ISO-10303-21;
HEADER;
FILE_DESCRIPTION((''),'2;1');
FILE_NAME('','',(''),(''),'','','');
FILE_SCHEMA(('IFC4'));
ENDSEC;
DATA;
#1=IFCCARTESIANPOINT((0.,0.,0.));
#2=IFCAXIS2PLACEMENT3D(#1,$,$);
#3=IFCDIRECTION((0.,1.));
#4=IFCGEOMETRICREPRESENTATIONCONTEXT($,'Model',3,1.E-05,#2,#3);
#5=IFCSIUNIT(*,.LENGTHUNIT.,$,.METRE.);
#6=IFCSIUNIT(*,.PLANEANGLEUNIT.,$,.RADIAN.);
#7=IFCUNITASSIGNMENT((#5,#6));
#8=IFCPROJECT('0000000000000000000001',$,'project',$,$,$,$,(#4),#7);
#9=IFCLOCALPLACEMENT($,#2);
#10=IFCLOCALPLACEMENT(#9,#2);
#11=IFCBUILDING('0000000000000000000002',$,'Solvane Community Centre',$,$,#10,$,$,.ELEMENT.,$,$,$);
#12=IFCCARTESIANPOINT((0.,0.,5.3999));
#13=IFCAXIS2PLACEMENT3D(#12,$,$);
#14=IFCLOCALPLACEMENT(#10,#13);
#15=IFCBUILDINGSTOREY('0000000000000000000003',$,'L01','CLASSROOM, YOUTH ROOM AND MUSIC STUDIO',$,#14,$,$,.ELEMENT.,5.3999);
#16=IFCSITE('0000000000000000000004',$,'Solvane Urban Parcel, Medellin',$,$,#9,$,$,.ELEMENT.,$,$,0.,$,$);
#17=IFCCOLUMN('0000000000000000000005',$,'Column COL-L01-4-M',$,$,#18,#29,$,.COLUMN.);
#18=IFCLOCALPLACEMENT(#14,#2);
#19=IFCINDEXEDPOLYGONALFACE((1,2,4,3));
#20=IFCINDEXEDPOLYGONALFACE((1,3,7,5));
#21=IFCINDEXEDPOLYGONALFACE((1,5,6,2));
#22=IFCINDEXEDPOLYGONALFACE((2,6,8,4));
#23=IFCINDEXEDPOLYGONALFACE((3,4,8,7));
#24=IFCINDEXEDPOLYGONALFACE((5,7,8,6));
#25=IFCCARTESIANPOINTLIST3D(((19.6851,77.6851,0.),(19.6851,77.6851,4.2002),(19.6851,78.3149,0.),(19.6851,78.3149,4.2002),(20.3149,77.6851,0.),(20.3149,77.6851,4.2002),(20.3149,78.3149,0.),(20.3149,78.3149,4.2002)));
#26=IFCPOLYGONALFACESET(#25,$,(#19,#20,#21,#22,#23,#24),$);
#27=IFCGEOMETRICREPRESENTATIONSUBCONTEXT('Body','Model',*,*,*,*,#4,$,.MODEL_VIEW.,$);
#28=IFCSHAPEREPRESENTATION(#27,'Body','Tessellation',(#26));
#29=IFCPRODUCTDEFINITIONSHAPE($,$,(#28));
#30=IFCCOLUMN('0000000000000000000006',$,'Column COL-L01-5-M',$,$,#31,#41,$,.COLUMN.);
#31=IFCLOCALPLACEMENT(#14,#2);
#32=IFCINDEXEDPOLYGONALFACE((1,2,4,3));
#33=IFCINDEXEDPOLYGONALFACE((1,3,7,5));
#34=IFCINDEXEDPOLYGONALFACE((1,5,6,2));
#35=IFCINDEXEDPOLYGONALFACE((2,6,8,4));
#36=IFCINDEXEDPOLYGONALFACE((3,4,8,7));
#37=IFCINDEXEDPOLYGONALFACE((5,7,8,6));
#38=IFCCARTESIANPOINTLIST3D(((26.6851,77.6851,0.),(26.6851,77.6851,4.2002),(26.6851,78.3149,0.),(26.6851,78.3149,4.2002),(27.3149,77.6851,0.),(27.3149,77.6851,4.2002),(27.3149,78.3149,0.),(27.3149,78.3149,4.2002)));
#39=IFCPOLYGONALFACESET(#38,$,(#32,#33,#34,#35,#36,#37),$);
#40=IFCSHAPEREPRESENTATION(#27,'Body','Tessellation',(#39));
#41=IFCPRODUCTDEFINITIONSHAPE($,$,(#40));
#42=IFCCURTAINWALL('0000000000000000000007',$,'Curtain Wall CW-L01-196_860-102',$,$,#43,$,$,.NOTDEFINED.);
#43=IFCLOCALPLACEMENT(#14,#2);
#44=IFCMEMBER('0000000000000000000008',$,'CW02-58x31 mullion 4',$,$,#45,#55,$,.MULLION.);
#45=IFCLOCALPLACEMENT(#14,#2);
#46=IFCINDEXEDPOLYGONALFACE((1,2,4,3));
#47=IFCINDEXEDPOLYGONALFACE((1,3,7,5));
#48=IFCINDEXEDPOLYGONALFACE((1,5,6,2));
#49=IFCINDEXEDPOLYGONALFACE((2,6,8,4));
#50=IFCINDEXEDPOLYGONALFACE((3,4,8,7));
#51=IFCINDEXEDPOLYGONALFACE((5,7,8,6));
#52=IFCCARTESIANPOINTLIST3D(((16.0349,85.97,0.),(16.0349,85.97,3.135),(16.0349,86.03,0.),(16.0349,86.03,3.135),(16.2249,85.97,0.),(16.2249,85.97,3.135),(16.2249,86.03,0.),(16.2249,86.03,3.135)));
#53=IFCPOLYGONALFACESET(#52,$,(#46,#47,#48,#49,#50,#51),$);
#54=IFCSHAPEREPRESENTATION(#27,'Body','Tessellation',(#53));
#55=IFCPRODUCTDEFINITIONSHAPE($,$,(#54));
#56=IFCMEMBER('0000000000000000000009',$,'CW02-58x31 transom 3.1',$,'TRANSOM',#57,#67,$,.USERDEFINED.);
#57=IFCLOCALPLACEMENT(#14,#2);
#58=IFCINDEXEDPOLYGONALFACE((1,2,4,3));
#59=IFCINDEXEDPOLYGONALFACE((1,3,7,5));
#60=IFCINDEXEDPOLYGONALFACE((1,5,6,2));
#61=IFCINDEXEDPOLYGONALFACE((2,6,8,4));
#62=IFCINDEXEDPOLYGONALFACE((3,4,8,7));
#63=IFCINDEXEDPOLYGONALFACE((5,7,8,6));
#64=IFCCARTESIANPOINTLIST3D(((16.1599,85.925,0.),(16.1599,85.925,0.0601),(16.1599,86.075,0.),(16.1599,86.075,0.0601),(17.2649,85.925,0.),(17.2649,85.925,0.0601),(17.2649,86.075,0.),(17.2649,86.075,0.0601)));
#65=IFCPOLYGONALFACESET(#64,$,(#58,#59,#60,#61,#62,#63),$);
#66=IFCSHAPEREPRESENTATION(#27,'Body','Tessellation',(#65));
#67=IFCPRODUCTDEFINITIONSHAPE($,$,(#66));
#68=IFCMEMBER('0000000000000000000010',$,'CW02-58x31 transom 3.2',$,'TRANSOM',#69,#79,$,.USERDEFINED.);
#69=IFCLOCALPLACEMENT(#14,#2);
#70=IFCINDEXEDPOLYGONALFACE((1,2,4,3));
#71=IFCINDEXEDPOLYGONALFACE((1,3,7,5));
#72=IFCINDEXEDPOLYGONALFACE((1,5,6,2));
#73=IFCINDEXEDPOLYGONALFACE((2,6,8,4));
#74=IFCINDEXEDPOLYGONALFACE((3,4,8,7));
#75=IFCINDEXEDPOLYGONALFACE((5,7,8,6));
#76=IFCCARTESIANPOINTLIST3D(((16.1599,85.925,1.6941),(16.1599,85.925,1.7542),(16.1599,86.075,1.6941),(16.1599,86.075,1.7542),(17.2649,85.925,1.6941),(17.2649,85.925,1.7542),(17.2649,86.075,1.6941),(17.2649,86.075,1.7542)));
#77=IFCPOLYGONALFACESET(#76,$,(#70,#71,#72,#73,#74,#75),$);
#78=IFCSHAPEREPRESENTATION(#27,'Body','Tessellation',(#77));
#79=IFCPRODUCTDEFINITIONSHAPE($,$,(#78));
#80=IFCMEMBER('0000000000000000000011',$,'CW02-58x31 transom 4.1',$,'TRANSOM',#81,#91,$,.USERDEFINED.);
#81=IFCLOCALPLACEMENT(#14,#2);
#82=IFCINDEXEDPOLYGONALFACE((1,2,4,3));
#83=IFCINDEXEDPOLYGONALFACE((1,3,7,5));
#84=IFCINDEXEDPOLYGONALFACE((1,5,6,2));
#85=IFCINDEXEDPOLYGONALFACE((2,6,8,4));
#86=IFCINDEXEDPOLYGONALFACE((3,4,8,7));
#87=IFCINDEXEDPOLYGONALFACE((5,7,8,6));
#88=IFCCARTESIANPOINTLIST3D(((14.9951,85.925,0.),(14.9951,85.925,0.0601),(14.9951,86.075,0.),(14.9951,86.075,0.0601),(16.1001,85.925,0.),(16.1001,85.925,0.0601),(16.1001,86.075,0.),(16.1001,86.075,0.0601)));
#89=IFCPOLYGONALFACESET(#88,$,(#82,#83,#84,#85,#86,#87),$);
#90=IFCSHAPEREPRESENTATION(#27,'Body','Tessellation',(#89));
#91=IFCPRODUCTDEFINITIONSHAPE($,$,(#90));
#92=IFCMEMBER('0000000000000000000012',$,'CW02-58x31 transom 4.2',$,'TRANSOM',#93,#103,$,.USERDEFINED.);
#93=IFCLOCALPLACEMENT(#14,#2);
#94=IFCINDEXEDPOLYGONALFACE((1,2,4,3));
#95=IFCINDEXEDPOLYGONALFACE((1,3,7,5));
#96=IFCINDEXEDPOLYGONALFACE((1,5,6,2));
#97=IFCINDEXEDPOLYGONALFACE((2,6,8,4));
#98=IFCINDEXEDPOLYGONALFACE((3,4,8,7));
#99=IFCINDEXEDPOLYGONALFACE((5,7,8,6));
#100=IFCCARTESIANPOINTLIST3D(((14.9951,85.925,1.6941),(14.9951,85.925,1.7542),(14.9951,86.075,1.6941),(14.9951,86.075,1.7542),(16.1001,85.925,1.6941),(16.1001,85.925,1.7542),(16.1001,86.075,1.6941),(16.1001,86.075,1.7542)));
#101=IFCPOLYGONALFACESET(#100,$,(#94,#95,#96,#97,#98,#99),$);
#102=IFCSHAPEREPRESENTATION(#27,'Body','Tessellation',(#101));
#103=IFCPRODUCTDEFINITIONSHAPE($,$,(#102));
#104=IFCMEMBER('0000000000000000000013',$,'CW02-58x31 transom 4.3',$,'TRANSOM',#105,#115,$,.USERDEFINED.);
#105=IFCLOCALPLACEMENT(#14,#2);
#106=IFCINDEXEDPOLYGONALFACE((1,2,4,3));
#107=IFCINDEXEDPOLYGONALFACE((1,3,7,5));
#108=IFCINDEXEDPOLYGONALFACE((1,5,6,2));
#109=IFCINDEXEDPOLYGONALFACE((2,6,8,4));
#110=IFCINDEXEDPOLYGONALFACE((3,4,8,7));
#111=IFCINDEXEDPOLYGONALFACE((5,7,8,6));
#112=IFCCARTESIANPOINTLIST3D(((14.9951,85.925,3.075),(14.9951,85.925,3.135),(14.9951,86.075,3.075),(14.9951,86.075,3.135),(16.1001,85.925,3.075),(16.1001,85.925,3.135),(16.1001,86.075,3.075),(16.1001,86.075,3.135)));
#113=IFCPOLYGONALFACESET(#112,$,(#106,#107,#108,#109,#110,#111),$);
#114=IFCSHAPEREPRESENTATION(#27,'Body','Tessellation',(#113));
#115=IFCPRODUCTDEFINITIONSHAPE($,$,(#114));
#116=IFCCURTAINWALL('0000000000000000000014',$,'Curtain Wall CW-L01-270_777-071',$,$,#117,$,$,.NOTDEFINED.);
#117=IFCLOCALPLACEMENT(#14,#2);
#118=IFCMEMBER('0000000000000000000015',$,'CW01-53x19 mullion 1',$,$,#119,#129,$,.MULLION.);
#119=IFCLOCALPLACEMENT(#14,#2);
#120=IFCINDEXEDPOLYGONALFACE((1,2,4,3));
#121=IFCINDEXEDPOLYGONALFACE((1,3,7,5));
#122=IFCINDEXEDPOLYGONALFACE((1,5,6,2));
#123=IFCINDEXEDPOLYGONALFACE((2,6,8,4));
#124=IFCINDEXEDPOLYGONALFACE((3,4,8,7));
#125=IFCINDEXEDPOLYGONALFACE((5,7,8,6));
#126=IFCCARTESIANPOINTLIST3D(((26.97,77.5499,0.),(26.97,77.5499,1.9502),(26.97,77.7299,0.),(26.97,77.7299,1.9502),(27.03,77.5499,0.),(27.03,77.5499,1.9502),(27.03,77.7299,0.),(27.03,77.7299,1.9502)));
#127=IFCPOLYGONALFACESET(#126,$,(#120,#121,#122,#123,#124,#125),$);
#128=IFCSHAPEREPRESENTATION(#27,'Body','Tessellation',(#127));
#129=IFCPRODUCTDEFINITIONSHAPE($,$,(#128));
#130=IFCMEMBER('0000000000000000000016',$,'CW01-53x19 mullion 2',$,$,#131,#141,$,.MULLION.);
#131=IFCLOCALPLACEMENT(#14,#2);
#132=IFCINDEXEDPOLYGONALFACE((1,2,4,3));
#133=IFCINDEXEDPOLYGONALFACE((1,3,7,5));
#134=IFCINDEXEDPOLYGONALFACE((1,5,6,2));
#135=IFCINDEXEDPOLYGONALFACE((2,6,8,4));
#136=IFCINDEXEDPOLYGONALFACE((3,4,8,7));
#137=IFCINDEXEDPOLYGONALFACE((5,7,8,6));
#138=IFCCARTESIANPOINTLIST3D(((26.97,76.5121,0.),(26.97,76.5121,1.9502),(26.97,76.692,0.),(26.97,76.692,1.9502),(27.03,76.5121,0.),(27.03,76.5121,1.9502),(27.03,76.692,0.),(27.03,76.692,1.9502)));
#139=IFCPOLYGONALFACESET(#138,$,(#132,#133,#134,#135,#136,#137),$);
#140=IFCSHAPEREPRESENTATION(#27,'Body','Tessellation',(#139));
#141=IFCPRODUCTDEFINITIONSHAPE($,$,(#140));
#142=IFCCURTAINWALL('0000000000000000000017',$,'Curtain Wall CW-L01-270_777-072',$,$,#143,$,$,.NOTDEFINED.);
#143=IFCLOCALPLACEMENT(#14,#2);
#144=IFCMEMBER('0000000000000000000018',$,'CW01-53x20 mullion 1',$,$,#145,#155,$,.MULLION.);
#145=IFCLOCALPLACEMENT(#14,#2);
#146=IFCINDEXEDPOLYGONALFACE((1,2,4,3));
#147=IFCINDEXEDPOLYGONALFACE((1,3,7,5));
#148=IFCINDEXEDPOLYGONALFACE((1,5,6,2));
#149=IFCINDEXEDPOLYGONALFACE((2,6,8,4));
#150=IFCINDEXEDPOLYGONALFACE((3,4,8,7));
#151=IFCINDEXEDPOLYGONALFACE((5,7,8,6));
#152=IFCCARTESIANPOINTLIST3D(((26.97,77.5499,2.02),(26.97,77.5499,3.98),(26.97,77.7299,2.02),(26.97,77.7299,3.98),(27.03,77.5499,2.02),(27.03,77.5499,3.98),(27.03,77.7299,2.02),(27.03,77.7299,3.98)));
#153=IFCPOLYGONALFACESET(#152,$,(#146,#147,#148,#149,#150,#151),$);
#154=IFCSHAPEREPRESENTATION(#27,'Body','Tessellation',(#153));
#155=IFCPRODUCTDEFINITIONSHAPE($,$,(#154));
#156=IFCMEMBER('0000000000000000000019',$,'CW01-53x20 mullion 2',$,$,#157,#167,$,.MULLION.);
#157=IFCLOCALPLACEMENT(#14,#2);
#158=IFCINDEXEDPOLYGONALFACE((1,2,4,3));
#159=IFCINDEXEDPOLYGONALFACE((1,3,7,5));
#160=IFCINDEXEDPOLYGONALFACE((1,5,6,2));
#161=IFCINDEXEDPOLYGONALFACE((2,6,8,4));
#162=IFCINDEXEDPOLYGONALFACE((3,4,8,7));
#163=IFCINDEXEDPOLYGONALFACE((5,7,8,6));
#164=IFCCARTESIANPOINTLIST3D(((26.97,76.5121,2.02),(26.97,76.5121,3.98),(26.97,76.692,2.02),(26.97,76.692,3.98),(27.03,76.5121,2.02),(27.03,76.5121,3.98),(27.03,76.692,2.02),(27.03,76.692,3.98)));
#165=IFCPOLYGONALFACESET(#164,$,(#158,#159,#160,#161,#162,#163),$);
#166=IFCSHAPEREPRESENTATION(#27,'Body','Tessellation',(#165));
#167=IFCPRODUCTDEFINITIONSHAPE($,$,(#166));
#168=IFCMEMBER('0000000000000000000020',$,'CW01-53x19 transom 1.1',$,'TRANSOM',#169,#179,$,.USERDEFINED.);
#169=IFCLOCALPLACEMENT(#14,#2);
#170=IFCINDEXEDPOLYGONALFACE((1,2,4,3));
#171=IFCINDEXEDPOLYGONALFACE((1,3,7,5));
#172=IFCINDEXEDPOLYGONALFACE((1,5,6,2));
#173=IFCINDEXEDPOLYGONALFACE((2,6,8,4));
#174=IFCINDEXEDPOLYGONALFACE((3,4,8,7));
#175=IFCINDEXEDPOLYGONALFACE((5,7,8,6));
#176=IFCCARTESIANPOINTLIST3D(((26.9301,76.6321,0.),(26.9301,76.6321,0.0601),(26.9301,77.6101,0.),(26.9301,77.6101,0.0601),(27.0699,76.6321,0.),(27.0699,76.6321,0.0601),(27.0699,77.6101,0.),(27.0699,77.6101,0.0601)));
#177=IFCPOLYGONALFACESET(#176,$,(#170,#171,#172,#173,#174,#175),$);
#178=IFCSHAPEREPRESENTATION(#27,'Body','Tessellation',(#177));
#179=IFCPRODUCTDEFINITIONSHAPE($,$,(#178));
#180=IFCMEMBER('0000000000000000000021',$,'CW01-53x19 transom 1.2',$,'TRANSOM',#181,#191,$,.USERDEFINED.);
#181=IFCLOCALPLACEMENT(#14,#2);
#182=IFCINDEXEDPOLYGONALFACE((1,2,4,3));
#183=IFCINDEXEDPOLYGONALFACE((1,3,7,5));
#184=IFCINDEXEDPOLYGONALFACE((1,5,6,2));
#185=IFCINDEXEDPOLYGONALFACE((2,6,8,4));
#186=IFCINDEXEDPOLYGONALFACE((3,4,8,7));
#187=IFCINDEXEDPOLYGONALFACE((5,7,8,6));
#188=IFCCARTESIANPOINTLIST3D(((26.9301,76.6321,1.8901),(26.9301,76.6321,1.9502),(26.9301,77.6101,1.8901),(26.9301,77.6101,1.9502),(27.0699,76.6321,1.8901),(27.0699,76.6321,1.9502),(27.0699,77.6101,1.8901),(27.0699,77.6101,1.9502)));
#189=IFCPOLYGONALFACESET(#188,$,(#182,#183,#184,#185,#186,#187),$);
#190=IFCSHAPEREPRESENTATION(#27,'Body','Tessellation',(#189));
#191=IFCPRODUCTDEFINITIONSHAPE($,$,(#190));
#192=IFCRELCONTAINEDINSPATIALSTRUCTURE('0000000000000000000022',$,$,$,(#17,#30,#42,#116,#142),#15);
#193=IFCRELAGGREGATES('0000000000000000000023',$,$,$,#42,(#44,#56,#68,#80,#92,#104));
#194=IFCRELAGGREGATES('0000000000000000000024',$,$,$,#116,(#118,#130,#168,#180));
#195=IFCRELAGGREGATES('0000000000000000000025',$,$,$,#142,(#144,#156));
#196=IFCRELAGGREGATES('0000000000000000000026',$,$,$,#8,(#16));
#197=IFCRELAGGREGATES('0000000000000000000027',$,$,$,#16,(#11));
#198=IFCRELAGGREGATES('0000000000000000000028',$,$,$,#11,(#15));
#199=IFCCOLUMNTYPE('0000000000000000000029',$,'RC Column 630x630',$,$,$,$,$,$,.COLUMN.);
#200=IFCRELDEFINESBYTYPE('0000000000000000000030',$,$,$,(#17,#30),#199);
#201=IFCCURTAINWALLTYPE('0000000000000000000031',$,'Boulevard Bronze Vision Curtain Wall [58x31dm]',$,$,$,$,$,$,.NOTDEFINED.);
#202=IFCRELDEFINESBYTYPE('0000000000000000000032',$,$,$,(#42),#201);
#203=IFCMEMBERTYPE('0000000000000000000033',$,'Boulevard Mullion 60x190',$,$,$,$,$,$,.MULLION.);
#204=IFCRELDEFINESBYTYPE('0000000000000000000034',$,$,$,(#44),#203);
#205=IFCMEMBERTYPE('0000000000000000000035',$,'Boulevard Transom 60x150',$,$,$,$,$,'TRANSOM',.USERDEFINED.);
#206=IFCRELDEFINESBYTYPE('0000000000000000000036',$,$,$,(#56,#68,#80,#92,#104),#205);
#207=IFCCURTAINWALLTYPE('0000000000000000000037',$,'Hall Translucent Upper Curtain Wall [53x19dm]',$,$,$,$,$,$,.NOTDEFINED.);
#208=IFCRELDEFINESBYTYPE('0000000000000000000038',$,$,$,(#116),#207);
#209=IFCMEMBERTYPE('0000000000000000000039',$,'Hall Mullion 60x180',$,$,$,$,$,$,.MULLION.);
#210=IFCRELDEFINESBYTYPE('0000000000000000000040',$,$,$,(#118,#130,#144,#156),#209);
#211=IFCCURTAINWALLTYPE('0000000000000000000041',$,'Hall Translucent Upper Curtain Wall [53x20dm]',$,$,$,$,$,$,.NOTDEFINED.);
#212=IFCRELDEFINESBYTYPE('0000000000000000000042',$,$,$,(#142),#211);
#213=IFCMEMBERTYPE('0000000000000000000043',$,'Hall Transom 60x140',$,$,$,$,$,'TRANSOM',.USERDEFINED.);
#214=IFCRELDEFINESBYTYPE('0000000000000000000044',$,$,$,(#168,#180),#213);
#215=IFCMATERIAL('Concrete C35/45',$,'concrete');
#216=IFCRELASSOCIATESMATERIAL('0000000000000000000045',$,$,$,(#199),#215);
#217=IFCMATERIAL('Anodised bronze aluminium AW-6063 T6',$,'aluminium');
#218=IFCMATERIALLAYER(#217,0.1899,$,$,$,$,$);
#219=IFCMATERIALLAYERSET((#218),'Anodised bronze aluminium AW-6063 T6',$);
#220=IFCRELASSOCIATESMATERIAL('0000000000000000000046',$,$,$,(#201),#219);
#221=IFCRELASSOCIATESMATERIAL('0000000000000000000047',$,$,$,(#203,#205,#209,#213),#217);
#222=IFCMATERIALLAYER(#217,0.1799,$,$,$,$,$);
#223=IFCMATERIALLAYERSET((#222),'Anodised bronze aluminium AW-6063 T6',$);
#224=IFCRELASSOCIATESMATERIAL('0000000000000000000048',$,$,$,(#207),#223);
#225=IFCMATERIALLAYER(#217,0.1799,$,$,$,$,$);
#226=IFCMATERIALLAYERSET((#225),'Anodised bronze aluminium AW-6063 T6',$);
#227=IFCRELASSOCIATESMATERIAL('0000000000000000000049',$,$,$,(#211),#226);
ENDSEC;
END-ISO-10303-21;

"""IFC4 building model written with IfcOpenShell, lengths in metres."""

from ifc_helpers import new_model, si_unit, direction, frame, origin, origin_2d, place, context, subcontext, project, spatial, rectangle, extrude, material, layer, layer_set, material_profile, profile_set, type_object, element, aggregate, save


model = new_model("IFC4")

# Units and contexts
model_context = context("Model", 3, precision=1e-05, world=origin(), true_north=direction((0.0, 1.0)))
body_context = subcontext(model_context, "Body", "Model", "MODEL_VIEW")
ifc_project = project(units=[si_unit("LENGTHUNIT", "METRE"), si_unit("PLANEANGLEUNIT", "RADIAN")], contexts=[model_context])

# Site, building, storey
site_placement = place(None, origin())
site = spatial("IfcSite", under=ifc_project, at=site_placement, Name="Solvane Urban Parcel, Medellin", CompositionType="ELEMENT", RefElevation=0.0)
building_placement = place(site_placement, origin())
building = spatial("IfcBuilding", under=site, at=building_placement, Name="Solvane Community Centre", CompositionType="ELEMENT")
storey_placement = place(building_placement, frame((0.0, 0.0, 5.3999)))
storey = spatial("IfcBuildingStorey", under=building, at=storey_placement, Name="L01", Description="CLASSROOM, YOUTH ROOM AND MUSIC STUDIO", CompositionType="ELEMENT", Elevation=5.3999)

# Columns
ifc_material_1 = material(Name="Concrete C35/45", Category="concrete")
ifc_material_profile_1 = material_profile(ifc_material_1, rectangle(XDim=0.6299, YDim=0.6299, at=origin_2d()), Name="RC 630x630")
ifc_profile_set_1 = profile_set([ifc_material_profile_1], Name="Concrete C35/45")
column_type = type_object("IfcColumnType", Name="RC Column 630x630", PredefinedType="COLUMN", material=ifc_profile_set_1)
for number, where, z_axis, x_axis, name in (
    (1, (20.0, 78.0, 0.0), (0.0, 0.0, 1.0), (1.0, 0.0, 0.0), "Column COL-L01-4-M"),
    (2, (27.0, 78.0, 0.0), (0.0, 0.0, 1.0), (1.0, 0.0, 0.0), "Column COL-L01-5-M"),
):
    element("IfcColumn", number, at=place(storey_placement, frame(where, z_axis=z_axis, x_axis=x_axis)), inside=storey, type_object=column_type, Name=name, PredefinedType="COLUMN", context=body_context, shape_type="SweptSolid", body=[
        extrude(rectangle(XDim=0.6299, YDim=0.6299, at=origin_2d()), origin(), (0.0, 0.0, 1.0), 4.2002),
    ])

# Curtain walls, members
ifc_material_2 = material(Name="Anodised bronze aluminium AW-6063 T6", Category="aluminium")
ifc_layer_1 = layer(ifc_material_2, 0.1899)
ifc_layer_set_1 = layer_set([ifc_layer_1], Name="Anodised bronze aluminium AW-6063 T6")
curtain_wall_type_1 = type_object("IfcCurtainWallType", Name="Boulevard Bronze Vision Curtain Wall [58x31dm]", PredefinedType="NOTDEFINED", material=ifc_layer_set_1)
curtain_wall_1_placement = place(storey_placement, origin())
curtain_wall_1 = element("IfcCurtainWall", 3, at=curtain_wall_1_placement, inside=storey, type_object=curtain_wall_type_1, Name="Curtain Wall CW-L01-196_860-102", PredefinedType="NOTDEFINED")
ifc_material_profile_2 = material_profile(ifc_material_2, rectangle(XDim=0.0601, YDim=0.1899, at=origin_2d()), Name="CW-M 60x190")
ifc_profile_set_2 = profile_set([ifc_material_profile_2], Name="Anodised bronze aluminium AW-6063 T6")
member_type_1 = type_object("IfcMemberType", Name="Boulevard Mullion 60x190", PredefinedType="MULLION", material=ifc_profile_set_2)
member_1_placement = place(storey_placement, frame((16.1299, 86.0, 0.0), z_axis=(0.0, 0.0, 1.0), x_axis=(0.0, -1.0, 0.0)))
member_1 = element("IfcMember", 4, at=member_1_placement, type_object=member_type_1, Name="CW02-58x31 mullion 4", PredefinedType="MULLION", context=body_context, shape_type="SweptSolid", body=[
    extrude(rectangle(XDim=0.0601, YDim=0.1899, at=origin_2d()), origin(), (0.0, 0.0, 1.0), 3.135),
])
ifc_material_profile_3 = material_profile(ifc_material_2, rectangle(XDim=0.1499, YDim=0.0601, at=origin_2d()), Name="CW-T 60x150")
ifc_profile_set_3 = profile_set([ifc_material_profile_3], Name="Anodised bronze aluminium AW-6063 T6")
member_type_2 = type_object("IfcMemberType", Name="Boulevard Transom 60x150", ElementType="TRANSOM", PredefinedType="USERDEFINED", material=ifc_profile_set_3)
member_2_placement = place(storey_placement, frame((17.2649, 86.0, 0.03), z_axis=(-1.0, 0.0, 0.0), x_axis=(0.0, -1.0, 0.0)))
member_2 = element("IfcMember", 5, at=member_2_placement, type_object=member_type_2, Name="CW02-58x31 transom 3.1", ObjectType="TRANSOM", PredefinedType="USERDEFINED", context=body_context, shape_type="SweptSolid", body=[
    extrude(rectangle(XDim=0.1499, YDim=0.0601, at=origin_2d()), origin(), (0.0, 0.0, 1.0), 1.105),
])
member_3_placement = place(storey_placement, frame((17.2649, 86.0, 1.7241), z_axis=(-1.0, 0.0, 0.0), x_axis=(0.0, -1.0, 0.0)))
member_3 = element("IfcMember", 6, at=member_3_placement, type_object=member_type_2, Name="CW02-58x31 transom 3.2", ObjectType="TRANSOM", PredefinedType="USERDEFINED", context=body_context, shape_type="SweptSolid", body=[
    extrude(rectangle(XDim=0.1499, YDim=0.0601, at=origin_2d()), origin(), (0.0, 0.0, 1.0), 1.105),
])
member_4_placement = place(storey_placement, frame((16.1001, 86.0, 0.03), z_axis=(-1.0, 0.0, 0.0), x_axis=(0.0, -1.0, 0.0)))
member_4 = element("IfcMember", 7, at=member_4_placement, type_object=member_type_2, Name="CW02-58x31 transom 4.1", ObjectType="TRANSOM", PredefinedType="USERDEFINED", context=body_context, shape_type="SweptSolid", body=[
    extrude(rectangle(XDim=0.1499, YDim=0.0601, at=origin_2d()), origin(), (0.0, 0.0, 1.0), 1.105),
])
member_5_placement = place(storey_placement, frame((16.1001, 86.0, 1.7241), z_axis=(-1.0, 0.0, 0.0), x_axis=(0.0, -1.0, 0.0)))
member_5 = element("IfcMember", 8, at=member_5_placement, type_object=member_type_2, Name="CW02-58x31 transom 4.2", ObjectType="TRANSOM", PredefinedType="USERDEFINED", context=body_context, shape_type="SweptSolid", body=[
    extrude(rectangle(XDim=0.1499, YDim=0.0601, at=origin_2d()), origin(), (0.0, 0.0, 1.0), 1.105),
])
member_6_placement = place(storey_placement, frame((16.1001, 86.0, 3.105), z_axis=(-1.0, 0.0, 0.0), x_axis=(0.0, -1.0, 0.0)))
member_6 = element("IfcMember", 9, at=member_6_placement, type_object=member_type_2, Name="CW02-58x31 transom 4.3", ObjectType="TRANSOM", PredefinedType="USERDEFINED", context=body_context, shape_type="SweptSolid", body=[
    extrude(rectangle(XDim=0.1499, YDim=0.0601, at=origin_2d()), origin(), (0.0, 0.0, 1.0), 1.105),
])
ifc_layer_2 = layer(ifc_material_2, 0.1799)
ifc_layer_set_2 = layer_set([ifc_layer_2], Name="Anodised bronze aluminium AW-6063 T6")
curtain_wall_type_2 = type_object("IfcCurtainWallType", Name="Hall Translucent Upper Curtain Wall [53x19dm]", PredefinedType="NOTDEFINED", material=ifc_layer_set_2)
curtain_wall_2_placement = place(storey_placement, origin())
curtain_wall_2 = element("IfcCurtainWall", 10, at=curtain_wall_2_placement, inside=storey, type_object=curtain_wall_type_2, Name="Curtain Wall CW-L01-270_777-071", PredefinedType="NOTDEFINED")
ifc_material_profile_4 = material_profile(ifc_material_2, rectangle(XDim=0.0601, YDim=0.1799, at=origin_2d()), Name="CW-M 60x180")
ifc_profile_set_4 = profile_set([ifc_material_profile_4], Name="Anodised bronze aluminium AW-6063 T6")
member_type_3 = type_object("IfcMemberType", Name="Hall Mullion 60x180", PredefinedType="MULLION", material=ifc_profile_set_4)
member_7_placement = place(storey_placement, frame((27.0, 77.6399, 0.0), z_axis=(0.0, 0.0, 1.0), x_axis=(1.0, 0.0, 0.0)))
member_7 = element("IfcMember", 11, at=member_7_placement, type_object=member_type_3, Name="CW01-53x19 mullion 1", PredefinedType="MULLION", context=body_context, shape_type="SweptSolid", body=[
    extrude(rectangle(XDim=0.0601, YDim=0.1799, at=origin_2d()), origin(), (0.0, 0.0, 1.0), 1.9502),
])
member_8_placement = place(storey_placement, frame((27.0, 76.6021, 0.0), z_axis=(0.0, 0.0, 1.0), x_axis=(1.0, 0.0, 0.0)))
member_8 = element("IfcMember", 12, at=member_8_placement, type_object=member_type_3, Name="CW01-53x19 mullion 2", PredefinedType="MULLION", context=body_context, shape_type="SweptSolid", body=[
    extrude(rectangle(XDim=0.0601, YDim=0.1799, at=origin_2d()), origin(), (0.0, 0.0, 1.0), 1.9502),
])
ifc_layer_3 = layer(ifc_material_2, 0.1799)
ifc_layer_set_3 = layer_set([ifc_layer_3], Name="Anodised bronze aluminium AW-6063 T6")
curtain_wall_type_3 = type_object("IfcCurtainWallType", Name="Hall Translucent Upper Curtain Wall [53x20dm]", PredefinedType="NOTDEFINED", material=ifc_layer_set_3)
curtain_wall_3_placement = place(storey_placement, origin())
curtain_wall_3 = element("IfcCurtainWall", 13, at=curtain_wall_3_placement, inside=storey, type_object=curtain_wall_type_3, Name="Curtain Wall CW-L01-270_777-072", PredefinedType="NOTDEFINED")
member_9_placement = place(storey_placement, frame((27.0, 77.6399, 2.02), z_axis=(0.0, 0.0, 1.0), x_axis=(1.0, 0.0, 0.0)))
member_9 = element("IfcMember", 14, at=member_9_placement, type_object=member_type_3, Name="CW01-53x20 mullion 1", PredefinedType="MULLION", context=body_context, shape_type="SweptSolid", body=[
    extrude(rectangle(XDim=0.0601, YDim=0.1799, at=origin_2d()), origin(), (0.0, 0.0, 1.0), 1.96),
])
member_10_placement = place(storey_placement, frame((27.0, 76.6021, 2.02), z_axis=(0.0, 0.0, 1.0), x_axis=(1.0, 0.0, 0.0)))
member_10 = element("IfcMember", 15, at=member_10_placement, type_object=member_type_3, Name="CW01-53x20 mullion 2", PredefinedType="MULLION", context=body_context, shape_type="SweptSolid", body=[
    extrude(rectangle(XDim=0.0601, YDim=0.1799, at=origin_2d()), origin(), (0.0, 0.0, 1.0), 1.96),
])

# Members
ifc_material_profile_5 = material_profile(ifc_material_2, rectangle(XDim=0.1399, YDim=0.0601, at=origin_2d()), Name="CW-T 60x140")
ifc_profile_set_5 = profile_set([ifc_material_profile_5], Name="Anodised bronze aluminium AW-6063 T6")
member_type_4 = type_object("IfcMemberType", Name="Hall Transom 60x140", ElementType="TRANSOM", PredefinedType="USERDEFINED", material=ifc_profile_set_5)
member_11_placement = place(storey_placement, frame((27.0, 77.6101, 0.03), z_axis=(0.0, -1.0, 0.0), x_axis=(1.0, 0.0, 0.0)))
member_11 = element("IfcMember", 16, at=member_11_placement, type_object=member_type_4, Name="CW01-53x19 transom 1.1", ObjectType="TRANSOM", PredefinedType="USERDEFINED", context=body_context, shape_type="SweptSolid", body=[
    extrude(rectangle(XDim=0.1399, YDim=0.0601, at=origin_2d()), origin(), (0.0, 0.0, 1.0), 0.978),
])
member_12_placement = place(storey_placement, frame((27.0, 77.6101, 1.9202), z_axis=(0.0, -1.0, 0.0), x_axis=(1.0, 0.0, 0.0)))
member_12 = element("IfcMember", 17, at=member_12_placement, type_object=member_type_4, Name="CW01-53x19 transom 1.2", ObjectType="TRANSOM", PredefinedType="USERDEFINED", context=body_context, shape_type="SweptSolid", body=[
    extrude(rectangle(XDim=0.1399, YDim=0.0601, at=origin_2d()), origin(), (0.0, 0.0, 1.0), 0.978),
])

aggregate(curtain_wall_1, [member_1, member_2, member_3, member_4, member_5, member_6])
aggregate(curtain_wall_2, [member_7, member_8, member_11, member_12])
aggregate(curtain_wall_3, [member_9, member_10])

save(model, "model.ifc")
